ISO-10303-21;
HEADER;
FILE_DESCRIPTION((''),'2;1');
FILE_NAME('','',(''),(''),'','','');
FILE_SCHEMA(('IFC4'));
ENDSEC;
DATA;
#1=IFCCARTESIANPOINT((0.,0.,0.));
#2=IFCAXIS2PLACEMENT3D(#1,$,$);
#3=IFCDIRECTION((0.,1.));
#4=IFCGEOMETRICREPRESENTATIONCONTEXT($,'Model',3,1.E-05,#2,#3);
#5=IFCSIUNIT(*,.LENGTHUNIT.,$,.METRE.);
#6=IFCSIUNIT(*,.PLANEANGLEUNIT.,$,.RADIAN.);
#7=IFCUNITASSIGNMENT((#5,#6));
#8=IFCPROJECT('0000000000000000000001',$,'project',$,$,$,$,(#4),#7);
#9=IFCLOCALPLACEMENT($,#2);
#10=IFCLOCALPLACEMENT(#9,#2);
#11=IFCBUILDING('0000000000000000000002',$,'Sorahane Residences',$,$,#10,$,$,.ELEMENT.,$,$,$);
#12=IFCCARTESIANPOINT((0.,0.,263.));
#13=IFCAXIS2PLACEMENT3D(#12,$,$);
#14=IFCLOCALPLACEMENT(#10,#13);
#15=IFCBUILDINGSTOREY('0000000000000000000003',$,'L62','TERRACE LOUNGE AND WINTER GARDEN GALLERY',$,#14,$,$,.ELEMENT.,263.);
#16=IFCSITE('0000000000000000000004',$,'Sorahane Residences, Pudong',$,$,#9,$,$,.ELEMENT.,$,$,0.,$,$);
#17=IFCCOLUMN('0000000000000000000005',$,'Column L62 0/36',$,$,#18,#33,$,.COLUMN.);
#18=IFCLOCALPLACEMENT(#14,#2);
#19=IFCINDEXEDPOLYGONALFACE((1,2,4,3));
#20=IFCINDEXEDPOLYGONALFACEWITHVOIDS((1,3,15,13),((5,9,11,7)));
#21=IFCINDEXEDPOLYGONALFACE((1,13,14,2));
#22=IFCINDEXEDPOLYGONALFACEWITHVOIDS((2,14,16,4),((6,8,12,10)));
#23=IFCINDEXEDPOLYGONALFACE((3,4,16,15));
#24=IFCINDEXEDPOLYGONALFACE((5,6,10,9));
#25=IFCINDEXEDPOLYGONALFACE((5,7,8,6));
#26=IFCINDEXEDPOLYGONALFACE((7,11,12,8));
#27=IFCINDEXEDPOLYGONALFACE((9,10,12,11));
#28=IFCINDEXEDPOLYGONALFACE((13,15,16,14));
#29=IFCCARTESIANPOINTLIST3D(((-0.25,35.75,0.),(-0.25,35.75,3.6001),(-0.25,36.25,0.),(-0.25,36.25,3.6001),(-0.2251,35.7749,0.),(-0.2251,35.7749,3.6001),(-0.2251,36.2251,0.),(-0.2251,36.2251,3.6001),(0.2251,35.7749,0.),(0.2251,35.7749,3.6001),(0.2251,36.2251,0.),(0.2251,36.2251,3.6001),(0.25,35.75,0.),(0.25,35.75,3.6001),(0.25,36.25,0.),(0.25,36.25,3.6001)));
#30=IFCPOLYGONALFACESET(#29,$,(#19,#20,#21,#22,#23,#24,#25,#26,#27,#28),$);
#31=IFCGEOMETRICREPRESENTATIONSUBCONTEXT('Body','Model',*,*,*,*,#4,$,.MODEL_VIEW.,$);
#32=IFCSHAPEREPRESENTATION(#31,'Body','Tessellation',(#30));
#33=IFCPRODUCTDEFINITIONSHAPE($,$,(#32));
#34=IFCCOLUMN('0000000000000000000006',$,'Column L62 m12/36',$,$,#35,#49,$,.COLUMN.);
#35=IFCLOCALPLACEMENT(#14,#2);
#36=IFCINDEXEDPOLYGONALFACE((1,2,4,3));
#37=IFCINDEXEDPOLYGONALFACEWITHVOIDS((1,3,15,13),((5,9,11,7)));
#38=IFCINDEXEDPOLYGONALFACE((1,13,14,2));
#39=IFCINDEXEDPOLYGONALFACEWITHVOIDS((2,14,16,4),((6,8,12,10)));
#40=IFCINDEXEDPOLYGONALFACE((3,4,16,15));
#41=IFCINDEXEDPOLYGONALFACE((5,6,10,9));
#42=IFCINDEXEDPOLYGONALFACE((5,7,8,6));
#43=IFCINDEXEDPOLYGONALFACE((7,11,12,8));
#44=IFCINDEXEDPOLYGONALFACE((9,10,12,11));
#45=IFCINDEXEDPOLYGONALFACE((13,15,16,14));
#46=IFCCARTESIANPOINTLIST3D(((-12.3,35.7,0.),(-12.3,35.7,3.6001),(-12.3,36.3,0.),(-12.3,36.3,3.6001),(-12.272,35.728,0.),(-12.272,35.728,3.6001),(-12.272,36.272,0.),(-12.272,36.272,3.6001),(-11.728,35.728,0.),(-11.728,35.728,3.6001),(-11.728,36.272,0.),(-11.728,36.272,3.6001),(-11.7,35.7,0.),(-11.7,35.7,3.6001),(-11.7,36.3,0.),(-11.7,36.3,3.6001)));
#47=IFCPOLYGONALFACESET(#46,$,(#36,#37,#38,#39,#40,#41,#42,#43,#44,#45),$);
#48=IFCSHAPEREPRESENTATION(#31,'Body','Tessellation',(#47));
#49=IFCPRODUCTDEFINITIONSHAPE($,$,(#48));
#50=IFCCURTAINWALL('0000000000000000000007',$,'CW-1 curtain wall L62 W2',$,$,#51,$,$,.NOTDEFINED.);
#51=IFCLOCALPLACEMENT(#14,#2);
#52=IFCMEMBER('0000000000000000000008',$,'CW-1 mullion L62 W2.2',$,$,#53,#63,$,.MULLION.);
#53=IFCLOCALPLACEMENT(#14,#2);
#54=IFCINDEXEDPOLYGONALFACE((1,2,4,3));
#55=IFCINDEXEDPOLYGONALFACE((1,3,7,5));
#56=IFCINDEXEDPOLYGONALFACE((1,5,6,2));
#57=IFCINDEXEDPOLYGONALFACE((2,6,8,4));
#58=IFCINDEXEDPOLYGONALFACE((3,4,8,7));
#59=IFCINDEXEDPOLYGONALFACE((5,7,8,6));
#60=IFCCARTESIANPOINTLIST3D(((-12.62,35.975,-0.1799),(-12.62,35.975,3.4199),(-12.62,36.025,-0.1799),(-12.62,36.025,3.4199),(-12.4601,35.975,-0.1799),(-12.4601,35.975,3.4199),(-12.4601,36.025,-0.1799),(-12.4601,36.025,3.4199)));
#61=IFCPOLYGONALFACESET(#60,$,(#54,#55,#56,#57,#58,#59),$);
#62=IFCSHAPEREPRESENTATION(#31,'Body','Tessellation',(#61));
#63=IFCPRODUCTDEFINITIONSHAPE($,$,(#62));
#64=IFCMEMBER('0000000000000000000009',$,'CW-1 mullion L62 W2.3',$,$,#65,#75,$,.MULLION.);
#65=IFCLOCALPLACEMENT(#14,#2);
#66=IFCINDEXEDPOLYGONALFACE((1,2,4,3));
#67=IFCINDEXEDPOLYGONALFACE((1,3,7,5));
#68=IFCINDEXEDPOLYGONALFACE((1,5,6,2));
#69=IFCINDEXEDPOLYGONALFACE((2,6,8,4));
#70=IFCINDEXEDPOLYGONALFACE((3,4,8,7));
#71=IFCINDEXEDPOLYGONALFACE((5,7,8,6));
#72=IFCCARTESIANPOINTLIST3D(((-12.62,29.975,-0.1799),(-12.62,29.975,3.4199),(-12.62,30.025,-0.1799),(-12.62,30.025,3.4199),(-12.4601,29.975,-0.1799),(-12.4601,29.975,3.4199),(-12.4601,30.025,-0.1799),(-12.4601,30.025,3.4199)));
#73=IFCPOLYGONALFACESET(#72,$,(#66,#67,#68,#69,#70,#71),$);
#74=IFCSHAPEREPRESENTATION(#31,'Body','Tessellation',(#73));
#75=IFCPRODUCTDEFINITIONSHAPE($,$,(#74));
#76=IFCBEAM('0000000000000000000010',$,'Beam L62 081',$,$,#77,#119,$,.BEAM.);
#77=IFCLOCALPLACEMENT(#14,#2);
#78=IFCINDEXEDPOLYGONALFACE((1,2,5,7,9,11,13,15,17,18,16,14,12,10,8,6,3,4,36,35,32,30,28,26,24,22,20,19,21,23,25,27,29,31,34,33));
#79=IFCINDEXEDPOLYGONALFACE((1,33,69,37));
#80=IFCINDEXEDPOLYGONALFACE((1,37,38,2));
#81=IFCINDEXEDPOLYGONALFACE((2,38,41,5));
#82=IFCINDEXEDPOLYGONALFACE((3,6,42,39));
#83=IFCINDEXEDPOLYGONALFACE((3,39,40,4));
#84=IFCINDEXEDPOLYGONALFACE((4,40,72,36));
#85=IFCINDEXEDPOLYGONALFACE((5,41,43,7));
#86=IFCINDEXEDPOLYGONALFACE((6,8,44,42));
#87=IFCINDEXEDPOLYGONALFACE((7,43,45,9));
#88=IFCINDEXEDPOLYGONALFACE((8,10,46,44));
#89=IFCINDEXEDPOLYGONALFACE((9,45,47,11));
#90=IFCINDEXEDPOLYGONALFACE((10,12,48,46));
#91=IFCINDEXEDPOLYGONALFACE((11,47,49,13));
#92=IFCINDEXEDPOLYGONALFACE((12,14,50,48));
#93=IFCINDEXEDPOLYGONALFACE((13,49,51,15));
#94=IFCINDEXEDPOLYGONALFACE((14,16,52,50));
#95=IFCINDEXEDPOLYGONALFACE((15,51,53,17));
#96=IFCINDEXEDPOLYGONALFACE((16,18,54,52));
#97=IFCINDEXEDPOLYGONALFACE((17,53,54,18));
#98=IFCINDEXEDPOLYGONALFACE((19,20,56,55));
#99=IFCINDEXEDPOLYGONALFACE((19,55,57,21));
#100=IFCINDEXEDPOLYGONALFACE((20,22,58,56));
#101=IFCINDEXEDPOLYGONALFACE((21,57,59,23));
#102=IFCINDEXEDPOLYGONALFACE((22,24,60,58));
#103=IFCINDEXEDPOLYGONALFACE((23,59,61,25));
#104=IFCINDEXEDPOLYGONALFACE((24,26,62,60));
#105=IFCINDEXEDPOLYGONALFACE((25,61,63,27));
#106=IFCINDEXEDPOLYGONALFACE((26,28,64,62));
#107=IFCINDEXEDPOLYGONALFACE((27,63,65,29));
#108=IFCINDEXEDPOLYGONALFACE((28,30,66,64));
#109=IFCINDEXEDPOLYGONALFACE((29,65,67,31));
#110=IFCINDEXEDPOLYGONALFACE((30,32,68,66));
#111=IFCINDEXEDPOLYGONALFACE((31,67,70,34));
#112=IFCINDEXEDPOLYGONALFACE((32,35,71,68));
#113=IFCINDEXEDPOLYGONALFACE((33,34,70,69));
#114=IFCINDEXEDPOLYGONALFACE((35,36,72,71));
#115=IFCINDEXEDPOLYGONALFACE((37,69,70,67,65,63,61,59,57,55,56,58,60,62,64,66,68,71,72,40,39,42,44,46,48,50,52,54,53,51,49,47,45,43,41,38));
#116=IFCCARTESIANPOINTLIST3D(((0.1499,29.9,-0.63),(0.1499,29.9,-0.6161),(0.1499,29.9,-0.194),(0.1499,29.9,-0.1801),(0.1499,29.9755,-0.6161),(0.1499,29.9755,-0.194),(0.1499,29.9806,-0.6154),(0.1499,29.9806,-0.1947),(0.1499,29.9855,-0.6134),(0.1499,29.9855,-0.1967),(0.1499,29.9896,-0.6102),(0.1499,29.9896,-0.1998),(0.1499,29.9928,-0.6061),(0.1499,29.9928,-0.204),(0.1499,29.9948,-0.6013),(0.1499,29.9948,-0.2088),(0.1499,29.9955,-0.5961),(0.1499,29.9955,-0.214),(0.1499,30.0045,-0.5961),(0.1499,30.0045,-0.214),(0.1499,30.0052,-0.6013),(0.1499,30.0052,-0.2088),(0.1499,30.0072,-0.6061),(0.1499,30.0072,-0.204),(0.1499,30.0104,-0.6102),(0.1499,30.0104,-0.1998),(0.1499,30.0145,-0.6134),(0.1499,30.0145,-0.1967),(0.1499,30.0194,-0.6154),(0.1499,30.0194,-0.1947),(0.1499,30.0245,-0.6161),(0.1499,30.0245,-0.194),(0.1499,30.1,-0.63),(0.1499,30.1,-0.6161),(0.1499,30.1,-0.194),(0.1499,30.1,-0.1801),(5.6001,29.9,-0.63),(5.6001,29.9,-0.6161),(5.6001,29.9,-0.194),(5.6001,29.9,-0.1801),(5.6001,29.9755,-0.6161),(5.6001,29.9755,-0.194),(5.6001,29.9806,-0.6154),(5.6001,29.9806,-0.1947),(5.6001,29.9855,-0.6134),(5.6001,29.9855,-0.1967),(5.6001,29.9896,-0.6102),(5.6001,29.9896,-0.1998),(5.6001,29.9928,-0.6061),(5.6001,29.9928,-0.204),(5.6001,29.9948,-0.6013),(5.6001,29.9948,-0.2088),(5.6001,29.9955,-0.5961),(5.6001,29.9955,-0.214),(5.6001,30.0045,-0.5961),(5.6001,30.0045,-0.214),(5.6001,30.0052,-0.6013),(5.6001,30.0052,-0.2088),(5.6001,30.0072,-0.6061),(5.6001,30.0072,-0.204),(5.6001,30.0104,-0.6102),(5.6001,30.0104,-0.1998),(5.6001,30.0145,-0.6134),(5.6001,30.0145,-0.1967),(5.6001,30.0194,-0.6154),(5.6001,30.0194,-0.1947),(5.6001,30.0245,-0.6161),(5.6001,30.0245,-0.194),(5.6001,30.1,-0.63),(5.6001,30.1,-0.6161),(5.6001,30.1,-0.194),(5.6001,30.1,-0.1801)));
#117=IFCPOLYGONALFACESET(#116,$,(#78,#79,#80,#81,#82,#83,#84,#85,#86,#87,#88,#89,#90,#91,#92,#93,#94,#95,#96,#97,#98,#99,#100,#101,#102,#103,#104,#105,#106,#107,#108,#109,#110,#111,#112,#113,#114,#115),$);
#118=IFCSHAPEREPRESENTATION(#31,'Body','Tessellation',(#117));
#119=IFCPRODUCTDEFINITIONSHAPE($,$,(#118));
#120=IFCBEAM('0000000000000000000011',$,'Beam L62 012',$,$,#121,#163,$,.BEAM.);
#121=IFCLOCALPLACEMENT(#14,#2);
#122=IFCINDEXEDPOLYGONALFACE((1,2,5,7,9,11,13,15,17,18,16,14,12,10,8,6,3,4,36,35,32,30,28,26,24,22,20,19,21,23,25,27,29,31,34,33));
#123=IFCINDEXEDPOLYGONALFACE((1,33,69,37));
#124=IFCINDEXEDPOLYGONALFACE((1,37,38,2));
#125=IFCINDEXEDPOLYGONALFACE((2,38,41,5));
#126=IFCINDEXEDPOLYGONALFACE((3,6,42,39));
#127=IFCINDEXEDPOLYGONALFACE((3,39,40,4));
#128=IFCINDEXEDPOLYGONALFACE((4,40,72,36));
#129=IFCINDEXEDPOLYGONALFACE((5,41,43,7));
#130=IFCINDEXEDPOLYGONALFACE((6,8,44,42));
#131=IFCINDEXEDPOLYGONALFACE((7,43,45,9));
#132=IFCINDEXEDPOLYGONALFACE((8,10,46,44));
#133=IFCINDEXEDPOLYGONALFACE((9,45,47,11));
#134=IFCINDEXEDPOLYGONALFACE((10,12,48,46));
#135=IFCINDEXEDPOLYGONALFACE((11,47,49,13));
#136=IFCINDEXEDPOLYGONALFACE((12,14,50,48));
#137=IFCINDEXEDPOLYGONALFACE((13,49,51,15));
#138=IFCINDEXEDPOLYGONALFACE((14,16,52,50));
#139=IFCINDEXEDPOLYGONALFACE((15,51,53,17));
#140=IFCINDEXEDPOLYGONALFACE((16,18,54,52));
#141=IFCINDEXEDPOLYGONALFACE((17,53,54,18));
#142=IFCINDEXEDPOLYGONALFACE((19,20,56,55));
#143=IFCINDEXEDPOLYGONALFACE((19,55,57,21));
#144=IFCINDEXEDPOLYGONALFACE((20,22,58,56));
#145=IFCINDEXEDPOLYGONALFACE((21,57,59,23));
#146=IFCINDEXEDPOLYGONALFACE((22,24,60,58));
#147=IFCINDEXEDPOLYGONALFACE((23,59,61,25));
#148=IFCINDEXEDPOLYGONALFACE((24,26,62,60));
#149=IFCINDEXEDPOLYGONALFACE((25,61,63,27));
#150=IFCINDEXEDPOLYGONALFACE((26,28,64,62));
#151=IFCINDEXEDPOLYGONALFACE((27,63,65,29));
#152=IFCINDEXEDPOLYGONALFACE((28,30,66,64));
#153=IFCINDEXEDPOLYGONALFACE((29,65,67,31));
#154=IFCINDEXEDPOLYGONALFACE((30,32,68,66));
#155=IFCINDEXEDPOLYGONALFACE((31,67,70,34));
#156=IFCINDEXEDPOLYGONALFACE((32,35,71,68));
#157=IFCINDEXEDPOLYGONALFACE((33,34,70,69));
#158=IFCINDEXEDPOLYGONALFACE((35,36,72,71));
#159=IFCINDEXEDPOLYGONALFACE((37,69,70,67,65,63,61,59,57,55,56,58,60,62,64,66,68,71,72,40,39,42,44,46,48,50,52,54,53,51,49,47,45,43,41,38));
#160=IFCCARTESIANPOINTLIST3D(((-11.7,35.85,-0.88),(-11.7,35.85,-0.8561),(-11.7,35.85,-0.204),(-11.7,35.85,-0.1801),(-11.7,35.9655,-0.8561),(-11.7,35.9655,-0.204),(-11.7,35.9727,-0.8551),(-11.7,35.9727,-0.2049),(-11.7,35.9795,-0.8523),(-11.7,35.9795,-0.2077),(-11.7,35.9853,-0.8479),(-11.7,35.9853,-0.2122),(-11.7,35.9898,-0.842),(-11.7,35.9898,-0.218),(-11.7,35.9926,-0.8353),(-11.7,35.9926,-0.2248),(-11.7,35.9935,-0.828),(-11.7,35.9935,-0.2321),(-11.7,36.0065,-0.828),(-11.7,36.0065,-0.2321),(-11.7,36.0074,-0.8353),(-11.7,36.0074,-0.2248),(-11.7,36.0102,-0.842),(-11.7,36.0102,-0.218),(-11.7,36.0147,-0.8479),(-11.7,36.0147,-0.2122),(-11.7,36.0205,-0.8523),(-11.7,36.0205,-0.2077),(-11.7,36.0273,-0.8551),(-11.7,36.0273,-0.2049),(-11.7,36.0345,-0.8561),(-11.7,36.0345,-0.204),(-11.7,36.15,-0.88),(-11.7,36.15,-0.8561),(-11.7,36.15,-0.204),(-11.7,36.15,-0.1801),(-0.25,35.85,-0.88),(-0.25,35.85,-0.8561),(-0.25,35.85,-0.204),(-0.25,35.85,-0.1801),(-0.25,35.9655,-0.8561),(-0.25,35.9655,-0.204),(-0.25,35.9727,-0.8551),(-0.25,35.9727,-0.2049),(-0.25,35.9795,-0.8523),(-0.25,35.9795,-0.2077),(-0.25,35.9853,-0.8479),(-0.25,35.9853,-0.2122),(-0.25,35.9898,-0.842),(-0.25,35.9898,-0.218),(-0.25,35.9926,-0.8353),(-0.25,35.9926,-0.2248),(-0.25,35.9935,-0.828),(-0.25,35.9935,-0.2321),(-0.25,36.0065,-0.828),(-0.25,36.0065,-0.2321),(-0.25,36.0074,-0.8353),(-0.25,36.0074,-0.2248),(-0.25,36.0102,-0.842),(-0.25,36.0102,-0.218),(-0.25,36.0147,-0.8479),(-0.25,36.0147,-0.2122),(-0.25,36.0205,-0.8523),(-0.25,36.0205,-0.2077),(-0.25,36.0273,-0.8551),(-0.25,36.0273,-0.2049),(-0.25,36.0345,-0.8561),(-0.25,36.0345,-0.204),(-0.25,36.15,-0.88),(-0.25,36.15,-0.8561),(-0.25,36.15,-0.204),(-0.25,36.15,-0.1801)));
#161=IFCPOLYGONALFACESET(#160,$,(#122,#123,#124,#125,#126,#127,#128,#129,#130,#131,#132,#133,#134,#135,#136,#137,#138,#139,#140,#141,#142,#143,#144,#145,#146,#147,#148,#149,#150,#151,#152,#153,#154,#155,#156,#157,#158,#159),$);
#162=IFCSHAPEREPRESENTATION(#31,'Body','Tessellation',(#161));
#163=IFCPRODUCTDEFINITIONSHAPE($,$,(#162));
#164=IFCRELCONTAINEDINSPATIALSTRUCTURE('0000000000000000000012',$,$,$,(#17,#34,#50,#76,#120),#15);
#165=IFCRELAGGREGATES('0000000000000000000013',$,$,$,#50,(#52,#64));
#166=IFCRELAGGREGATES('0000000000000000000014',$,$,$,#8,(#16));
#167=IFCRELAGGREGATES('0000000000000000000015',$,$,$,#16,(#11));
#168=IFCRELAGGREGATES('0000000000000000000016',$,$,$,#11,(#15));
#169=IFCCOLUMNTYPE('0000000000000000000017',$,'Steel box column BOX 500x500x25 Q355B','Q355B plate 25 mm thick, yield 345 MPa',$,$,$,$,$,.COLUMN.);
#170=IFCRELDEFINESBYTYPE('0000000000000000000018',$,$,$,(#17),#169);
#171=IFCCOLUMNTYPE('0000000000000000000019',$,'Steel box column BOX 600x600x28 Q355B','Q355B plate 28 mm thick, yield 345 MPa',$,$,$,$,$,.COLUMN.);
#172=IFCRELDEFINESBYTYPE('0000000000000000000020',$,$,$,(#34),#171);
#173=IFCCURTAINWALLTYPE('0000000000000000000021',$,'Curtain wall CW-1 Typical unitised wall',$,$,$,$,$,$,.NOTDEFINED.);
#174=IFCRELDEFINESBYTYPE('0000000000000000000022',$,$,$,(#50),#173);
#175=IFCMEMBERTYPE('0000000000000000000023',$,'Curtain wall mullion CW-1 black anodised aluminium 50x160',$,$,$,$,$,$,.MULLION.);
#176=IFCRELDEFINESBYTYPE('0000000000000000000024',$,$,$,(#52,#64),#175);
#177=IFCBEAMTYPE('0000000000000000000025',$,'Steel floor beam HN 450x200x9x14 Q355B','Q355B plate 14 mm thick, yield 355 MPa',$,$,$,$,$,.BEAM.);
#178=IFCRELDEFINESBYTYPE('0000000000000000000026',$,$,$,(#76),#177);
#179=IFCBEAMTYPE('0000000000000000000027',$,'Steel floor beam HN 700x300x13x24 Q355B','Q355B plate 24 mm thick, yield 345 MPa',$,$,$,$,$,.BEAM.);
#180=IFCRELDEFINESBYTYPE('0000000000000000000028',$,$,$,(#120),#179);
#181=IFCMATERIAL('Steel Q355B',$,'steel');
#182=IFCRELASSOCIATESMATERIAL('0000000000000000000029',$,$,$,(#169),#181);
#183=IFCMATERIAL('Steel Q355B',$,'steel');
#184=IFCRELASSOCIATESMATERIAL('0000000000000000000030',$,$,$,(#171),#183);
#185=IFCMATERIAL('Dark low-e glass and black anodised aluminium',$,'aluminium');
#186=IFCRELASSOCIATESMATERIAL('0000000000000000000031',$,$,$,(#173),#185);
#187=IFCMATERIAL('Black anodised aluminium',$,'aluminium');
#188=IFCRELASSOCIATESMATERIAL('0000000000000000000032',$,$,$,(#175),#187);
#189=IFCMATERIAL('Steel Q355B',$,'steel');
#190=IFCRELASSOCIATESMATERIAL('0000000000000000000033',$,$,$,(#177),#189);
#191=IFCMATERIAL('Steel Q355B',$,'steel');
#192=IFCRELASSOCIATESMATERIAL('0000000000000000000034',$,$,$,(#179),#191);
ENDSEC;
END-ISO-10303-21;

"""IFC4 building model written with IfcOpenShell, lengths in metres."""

from ifc_helpers import new_model, si_unit, direction, frame, origin, origin_2d, place, context, subcontext, project, spatial, rectangle, hollow_rectangle, i_section, extrude, material, material_profile, profile_set, type_object, element, aggregate, save


model = new_model("IFC4")

# Units and contexts
model_context = context("Model", 3, precision=1e-05, world=origin(), true_north=direction((0.0, 1.0)))
body_context = subcontext(model_context, "Body", "Model", "MODEL_VIEW")
ifc_project = project(units=[si_unit("LENGTHUNIT", "METRE"), si_unit("PLANEANGLEUNIT", "RADIAN")], contexts=[model_context])

# Site, building, storey
site_placement = place(None, origin())
site = spatial("IfcSite", under=ifc_project, at=site_placement, Name="Sorahane Residences, Pudong", CompositionType="ELEMENT", RefElevation=0.0)
building_placement = place(site_placement, origin())
building = spatial("IfcBuilding", under=site, at=building_placement, Name="Sorahane Residences", CompositionType="ELEMENT")
storey_placement = place(building_placement, frame((0.0, 0.0, 263.0)))
storey = spatial("IfcBuildingStorey", under=building, at=storey_placement, Name="L62", Description="TERRACE LOUNGE AND WINTER GARDEN GALLERY", CompositionType="ELEMENT", Elevation=263.0)

# Columns
ifc_material_1 = material(Name="Steel Q355B", Category="steel")
ifc_material_profile_1 = material_profile(ifc_material_1, hollow_rectangle(XDim=0.5, YDim=0.5, WallThickness=0.0249, at=origin_2d()), Name="BOX 500x500x25")
ifc_profile_set_1 = profile_set([ifc_material_profile_1], Name="Steel Q355B")
column_type_1 = type_object("IfcColumnType", Name="Steel box column BOX 500x500x25 Q355B", Description="Q355B plate 25 mm thick, yield 345 MPa", PredefinedType="COLUMN", material=ifc_profile_set_1)
column_1_placement = place(storey_placement, frame((0.0, 36.0, 0.0), z_axis=(0.0, 0.0, 1.0), x_axis=(1.0, 0.0, 0.0)))
element("IfcColumn", 1, at=column_1_placement, inside=storey, type_object=column_type_1, Name="Column L62 0/36", PredefinedType="COLUMN", context=body_context, shape_type="SweptSolid", body=[
    extrude(hollow_rectangle(XDim=0.5, YDim=0.5, WallThickness=0.0249, at=origin_2d()), origin(), (0.0, 0.0, 1.0), 3.6001),
])
ifc_material_2 = material(Name="Steel Q355B", Category="steel")
ifc_material_profile_2 = material_profile(ifc_material_2, hollow_rectangle(XDim=0.6001, YDim=0.6001, WallThickness=0.0281, at=origin_2d()), Name="BOX 600x600x28")
ifc_profile_set_2 = profile_set([ifc_material_profile_2], Name="Steel Q355B")
column_type_2 = type_object("IfcColumnType", Name="Steel box column BOX 600x600x28 Q355B", Description="Q355B plate 28 mm thick, yield 345 MPa", PredefinedType="COLUMN", material=ifc_profile_set_2)
column_2_placement = place(storey_placement, frame((-12.0, 36.0, 0.0), z_axis=(0.0, 0.0, 1.0), x_axis=(1.0, 0.0, 0.0)))
element("IfcColumn", 2, at=column_2_placement, inside=storey, type_object=column_type_2, Name="Column L62 m12/36", PredefinedType="COLUMN", context=body_context, shape_type="SweptSolid", body=[
    extrude(hollow_rectangle(XDim=0.6001, YDim=0.6001, WallThickness=0.0281, at=origin_2d()), origin(), (0.0, 0.0, 1.0), 3.6001),
])

# Curtain wall, members
ifc_material_3 = material(Name="Dark low-e glass and black anodised aluminium", Category="aluminium")
curtain_wall_type = type_object("IfcCurtainWallType", Name="Curtain wall CW-1 Typical unitised wall", PredefinedType="NOTDEFINED", material=ifc_material_3)
curtain_wall_placement = place(storey_placement, origin())
curtain_wall = element("IfcCurtainWall", 3, at=curtain_wall_placement, inside=storey, type_object=curtain_wall_type, Name="CW-1 curtain wall L62 W2", PredefinedType="NOTDEFINED")
ifc_material_4 = material(Name="Black anodised aluminium", Category="aluminium")
ifc_material_profile_3 = material_profile(ifc_material_4, rectangle(XDim=0.1599, YDim=0.05, at=origin_2d()), Name="Curtain wall mullion CW-1 black anodised aluminium 50x160")
ifc_profile_set_3 = profile_set([ifc_material_profile_3], Name="Black anodised aluminium")
member_type = type_object("IfcMemberType", Name="Curtain wall mullion CW-1 black anodised aluminium 50x160", PredefinedType="MULLION", material=ifc_profile_set_3)
member_1_placement = place(storey_placement, frame((-12.54, 36.0, -0.1799), z_axis=(0.0, 0.0, 1.0), x_axis=(-1.0, 0.0, 0.0)))
member_1 = element("IfcMember", 4, at=member_1_placement, type_object=member_type, Name="CW-1 mullion L62 W2.2", PredefinedType="MULLION", context=body_context, shape_type="SweptSolid", body=[
    extrude(rectangle(XDim=0.1599, YDim=0.05, at=origin_2d()), origin(), (0.0, 0.0, 1.0), 3.5999),
])
member_2_placement = place(storey_placement, frame((-12.54, 30.0, -0.1799), z_axis=(0.0, 0.0, 1.0), x_axis=(-1.0, 0.0, 0.0)))
member_2 = element("IfcMember", 5, at=member_2_placement, type_object=member_type, Name="CW-1 mullion L62 W2.3", PredefinedType="MULLION", context=body_context, shape_type="SweptSolid", body=[
    extrude(rectangle(XDim=0.1599, YDim=0.05, at=origin_2d()), origin(), (0.0, 0.0, 1.0), 3.5999),
])

# Beams
ifc_material_5 = material(Name="Steel Q355B", Category="steel")
ifc_material_profile_4 = material_profile(ifc_material_5, i_section(OverallWidth=0.2, OverallDepth=0.45, WebThickness=0.009, FlangeThickness=0.0139, FilletRadius=0.02, at=origin_2d()), Name="HN 450x200x9x14")
ifc_profile_set_4 = profile_set([ifc_material_profile_4], Name="Steel Q355B")
beam_type_1 = type_object("IfcBeamType", Name="Steel floor beam HN 450x200x9x14 Q355B", Description="Q355B plate 14 mm thick, yield 355 MPa", PredefinedType="BEAM", material=ifc_profile_set_4)
beam_1_placement = place(storey_placement, frame((0.1499, 30.0, -0.405), z_axis=(1.0, 0.0, 0.0), x_axis=(0.0, 1.0, 0.0)))
element("IfcBeam", 6, at=beam_1_placement, inside=storey, type_object=beam_type_1, Name="Beam L62 081", PredefinedType="BEAM", context=body_context, shape_type="SweptSolid", body=[
    extrude(i_section(OverallWidth=0.2, OverallDepth=0.45, WebThickness=0.009, FlangeThickness=0.0139, FilletRadius=0.02, at=origin_2d()), origin(), (0.0, 0.0, 1.0), 5.4502),
])
ifc_material_6 = material(Name="Steel Q355B", Category="steel")
ifc_material_profile_5 = material_profile(ifc_material_6, i_section(OverallWidth=0.3, OverallDepth=0.7, WebThickness=0.0129, FlangeThickness=0.0239, FilletRadius=0.0281, at=origin_2d()), Name="HN 700x300x13x24")
ifc_profile_set_5 = profile_set([ifc_material_profile_5], Name="Steel Q355B")
beam_type_2 = type_object("IfcBeamType", Name="Steel floor beam HN 700x300x13x24 Q355B", Description="Q355B plate 24 mm thick, yield 345 MPa", PredefinedType="BEAM", material=ifc_profile_set_5)
beam_2_placement = place(storey_placement, frame((-11.7, 36.0, -0.53), z_axis=(1.0, 0.0, 0.0), x_axis=(0.0, 1.0, 0.0)))
element("IfcBeam", 7, at=beam_2_placement, inside=storey, type_object=beam_type_2, Name="Beam L62 012", PredefinedType="BEAM", context=body_context, shape_type="SweptSolid", body=[
    extrude(i_section(OverallWidth=0.3, OverallDepth=0.7, WebThickness=0.0129, FlangeThickness=0.0239, FilletRadius=0.0281, at=origin_2d()), origin(), (0.0, 0.0, 1.0), 11.45),
])

aggregate(curtain_wall, [member_1, member_2])

save(model, "model.ifc")
